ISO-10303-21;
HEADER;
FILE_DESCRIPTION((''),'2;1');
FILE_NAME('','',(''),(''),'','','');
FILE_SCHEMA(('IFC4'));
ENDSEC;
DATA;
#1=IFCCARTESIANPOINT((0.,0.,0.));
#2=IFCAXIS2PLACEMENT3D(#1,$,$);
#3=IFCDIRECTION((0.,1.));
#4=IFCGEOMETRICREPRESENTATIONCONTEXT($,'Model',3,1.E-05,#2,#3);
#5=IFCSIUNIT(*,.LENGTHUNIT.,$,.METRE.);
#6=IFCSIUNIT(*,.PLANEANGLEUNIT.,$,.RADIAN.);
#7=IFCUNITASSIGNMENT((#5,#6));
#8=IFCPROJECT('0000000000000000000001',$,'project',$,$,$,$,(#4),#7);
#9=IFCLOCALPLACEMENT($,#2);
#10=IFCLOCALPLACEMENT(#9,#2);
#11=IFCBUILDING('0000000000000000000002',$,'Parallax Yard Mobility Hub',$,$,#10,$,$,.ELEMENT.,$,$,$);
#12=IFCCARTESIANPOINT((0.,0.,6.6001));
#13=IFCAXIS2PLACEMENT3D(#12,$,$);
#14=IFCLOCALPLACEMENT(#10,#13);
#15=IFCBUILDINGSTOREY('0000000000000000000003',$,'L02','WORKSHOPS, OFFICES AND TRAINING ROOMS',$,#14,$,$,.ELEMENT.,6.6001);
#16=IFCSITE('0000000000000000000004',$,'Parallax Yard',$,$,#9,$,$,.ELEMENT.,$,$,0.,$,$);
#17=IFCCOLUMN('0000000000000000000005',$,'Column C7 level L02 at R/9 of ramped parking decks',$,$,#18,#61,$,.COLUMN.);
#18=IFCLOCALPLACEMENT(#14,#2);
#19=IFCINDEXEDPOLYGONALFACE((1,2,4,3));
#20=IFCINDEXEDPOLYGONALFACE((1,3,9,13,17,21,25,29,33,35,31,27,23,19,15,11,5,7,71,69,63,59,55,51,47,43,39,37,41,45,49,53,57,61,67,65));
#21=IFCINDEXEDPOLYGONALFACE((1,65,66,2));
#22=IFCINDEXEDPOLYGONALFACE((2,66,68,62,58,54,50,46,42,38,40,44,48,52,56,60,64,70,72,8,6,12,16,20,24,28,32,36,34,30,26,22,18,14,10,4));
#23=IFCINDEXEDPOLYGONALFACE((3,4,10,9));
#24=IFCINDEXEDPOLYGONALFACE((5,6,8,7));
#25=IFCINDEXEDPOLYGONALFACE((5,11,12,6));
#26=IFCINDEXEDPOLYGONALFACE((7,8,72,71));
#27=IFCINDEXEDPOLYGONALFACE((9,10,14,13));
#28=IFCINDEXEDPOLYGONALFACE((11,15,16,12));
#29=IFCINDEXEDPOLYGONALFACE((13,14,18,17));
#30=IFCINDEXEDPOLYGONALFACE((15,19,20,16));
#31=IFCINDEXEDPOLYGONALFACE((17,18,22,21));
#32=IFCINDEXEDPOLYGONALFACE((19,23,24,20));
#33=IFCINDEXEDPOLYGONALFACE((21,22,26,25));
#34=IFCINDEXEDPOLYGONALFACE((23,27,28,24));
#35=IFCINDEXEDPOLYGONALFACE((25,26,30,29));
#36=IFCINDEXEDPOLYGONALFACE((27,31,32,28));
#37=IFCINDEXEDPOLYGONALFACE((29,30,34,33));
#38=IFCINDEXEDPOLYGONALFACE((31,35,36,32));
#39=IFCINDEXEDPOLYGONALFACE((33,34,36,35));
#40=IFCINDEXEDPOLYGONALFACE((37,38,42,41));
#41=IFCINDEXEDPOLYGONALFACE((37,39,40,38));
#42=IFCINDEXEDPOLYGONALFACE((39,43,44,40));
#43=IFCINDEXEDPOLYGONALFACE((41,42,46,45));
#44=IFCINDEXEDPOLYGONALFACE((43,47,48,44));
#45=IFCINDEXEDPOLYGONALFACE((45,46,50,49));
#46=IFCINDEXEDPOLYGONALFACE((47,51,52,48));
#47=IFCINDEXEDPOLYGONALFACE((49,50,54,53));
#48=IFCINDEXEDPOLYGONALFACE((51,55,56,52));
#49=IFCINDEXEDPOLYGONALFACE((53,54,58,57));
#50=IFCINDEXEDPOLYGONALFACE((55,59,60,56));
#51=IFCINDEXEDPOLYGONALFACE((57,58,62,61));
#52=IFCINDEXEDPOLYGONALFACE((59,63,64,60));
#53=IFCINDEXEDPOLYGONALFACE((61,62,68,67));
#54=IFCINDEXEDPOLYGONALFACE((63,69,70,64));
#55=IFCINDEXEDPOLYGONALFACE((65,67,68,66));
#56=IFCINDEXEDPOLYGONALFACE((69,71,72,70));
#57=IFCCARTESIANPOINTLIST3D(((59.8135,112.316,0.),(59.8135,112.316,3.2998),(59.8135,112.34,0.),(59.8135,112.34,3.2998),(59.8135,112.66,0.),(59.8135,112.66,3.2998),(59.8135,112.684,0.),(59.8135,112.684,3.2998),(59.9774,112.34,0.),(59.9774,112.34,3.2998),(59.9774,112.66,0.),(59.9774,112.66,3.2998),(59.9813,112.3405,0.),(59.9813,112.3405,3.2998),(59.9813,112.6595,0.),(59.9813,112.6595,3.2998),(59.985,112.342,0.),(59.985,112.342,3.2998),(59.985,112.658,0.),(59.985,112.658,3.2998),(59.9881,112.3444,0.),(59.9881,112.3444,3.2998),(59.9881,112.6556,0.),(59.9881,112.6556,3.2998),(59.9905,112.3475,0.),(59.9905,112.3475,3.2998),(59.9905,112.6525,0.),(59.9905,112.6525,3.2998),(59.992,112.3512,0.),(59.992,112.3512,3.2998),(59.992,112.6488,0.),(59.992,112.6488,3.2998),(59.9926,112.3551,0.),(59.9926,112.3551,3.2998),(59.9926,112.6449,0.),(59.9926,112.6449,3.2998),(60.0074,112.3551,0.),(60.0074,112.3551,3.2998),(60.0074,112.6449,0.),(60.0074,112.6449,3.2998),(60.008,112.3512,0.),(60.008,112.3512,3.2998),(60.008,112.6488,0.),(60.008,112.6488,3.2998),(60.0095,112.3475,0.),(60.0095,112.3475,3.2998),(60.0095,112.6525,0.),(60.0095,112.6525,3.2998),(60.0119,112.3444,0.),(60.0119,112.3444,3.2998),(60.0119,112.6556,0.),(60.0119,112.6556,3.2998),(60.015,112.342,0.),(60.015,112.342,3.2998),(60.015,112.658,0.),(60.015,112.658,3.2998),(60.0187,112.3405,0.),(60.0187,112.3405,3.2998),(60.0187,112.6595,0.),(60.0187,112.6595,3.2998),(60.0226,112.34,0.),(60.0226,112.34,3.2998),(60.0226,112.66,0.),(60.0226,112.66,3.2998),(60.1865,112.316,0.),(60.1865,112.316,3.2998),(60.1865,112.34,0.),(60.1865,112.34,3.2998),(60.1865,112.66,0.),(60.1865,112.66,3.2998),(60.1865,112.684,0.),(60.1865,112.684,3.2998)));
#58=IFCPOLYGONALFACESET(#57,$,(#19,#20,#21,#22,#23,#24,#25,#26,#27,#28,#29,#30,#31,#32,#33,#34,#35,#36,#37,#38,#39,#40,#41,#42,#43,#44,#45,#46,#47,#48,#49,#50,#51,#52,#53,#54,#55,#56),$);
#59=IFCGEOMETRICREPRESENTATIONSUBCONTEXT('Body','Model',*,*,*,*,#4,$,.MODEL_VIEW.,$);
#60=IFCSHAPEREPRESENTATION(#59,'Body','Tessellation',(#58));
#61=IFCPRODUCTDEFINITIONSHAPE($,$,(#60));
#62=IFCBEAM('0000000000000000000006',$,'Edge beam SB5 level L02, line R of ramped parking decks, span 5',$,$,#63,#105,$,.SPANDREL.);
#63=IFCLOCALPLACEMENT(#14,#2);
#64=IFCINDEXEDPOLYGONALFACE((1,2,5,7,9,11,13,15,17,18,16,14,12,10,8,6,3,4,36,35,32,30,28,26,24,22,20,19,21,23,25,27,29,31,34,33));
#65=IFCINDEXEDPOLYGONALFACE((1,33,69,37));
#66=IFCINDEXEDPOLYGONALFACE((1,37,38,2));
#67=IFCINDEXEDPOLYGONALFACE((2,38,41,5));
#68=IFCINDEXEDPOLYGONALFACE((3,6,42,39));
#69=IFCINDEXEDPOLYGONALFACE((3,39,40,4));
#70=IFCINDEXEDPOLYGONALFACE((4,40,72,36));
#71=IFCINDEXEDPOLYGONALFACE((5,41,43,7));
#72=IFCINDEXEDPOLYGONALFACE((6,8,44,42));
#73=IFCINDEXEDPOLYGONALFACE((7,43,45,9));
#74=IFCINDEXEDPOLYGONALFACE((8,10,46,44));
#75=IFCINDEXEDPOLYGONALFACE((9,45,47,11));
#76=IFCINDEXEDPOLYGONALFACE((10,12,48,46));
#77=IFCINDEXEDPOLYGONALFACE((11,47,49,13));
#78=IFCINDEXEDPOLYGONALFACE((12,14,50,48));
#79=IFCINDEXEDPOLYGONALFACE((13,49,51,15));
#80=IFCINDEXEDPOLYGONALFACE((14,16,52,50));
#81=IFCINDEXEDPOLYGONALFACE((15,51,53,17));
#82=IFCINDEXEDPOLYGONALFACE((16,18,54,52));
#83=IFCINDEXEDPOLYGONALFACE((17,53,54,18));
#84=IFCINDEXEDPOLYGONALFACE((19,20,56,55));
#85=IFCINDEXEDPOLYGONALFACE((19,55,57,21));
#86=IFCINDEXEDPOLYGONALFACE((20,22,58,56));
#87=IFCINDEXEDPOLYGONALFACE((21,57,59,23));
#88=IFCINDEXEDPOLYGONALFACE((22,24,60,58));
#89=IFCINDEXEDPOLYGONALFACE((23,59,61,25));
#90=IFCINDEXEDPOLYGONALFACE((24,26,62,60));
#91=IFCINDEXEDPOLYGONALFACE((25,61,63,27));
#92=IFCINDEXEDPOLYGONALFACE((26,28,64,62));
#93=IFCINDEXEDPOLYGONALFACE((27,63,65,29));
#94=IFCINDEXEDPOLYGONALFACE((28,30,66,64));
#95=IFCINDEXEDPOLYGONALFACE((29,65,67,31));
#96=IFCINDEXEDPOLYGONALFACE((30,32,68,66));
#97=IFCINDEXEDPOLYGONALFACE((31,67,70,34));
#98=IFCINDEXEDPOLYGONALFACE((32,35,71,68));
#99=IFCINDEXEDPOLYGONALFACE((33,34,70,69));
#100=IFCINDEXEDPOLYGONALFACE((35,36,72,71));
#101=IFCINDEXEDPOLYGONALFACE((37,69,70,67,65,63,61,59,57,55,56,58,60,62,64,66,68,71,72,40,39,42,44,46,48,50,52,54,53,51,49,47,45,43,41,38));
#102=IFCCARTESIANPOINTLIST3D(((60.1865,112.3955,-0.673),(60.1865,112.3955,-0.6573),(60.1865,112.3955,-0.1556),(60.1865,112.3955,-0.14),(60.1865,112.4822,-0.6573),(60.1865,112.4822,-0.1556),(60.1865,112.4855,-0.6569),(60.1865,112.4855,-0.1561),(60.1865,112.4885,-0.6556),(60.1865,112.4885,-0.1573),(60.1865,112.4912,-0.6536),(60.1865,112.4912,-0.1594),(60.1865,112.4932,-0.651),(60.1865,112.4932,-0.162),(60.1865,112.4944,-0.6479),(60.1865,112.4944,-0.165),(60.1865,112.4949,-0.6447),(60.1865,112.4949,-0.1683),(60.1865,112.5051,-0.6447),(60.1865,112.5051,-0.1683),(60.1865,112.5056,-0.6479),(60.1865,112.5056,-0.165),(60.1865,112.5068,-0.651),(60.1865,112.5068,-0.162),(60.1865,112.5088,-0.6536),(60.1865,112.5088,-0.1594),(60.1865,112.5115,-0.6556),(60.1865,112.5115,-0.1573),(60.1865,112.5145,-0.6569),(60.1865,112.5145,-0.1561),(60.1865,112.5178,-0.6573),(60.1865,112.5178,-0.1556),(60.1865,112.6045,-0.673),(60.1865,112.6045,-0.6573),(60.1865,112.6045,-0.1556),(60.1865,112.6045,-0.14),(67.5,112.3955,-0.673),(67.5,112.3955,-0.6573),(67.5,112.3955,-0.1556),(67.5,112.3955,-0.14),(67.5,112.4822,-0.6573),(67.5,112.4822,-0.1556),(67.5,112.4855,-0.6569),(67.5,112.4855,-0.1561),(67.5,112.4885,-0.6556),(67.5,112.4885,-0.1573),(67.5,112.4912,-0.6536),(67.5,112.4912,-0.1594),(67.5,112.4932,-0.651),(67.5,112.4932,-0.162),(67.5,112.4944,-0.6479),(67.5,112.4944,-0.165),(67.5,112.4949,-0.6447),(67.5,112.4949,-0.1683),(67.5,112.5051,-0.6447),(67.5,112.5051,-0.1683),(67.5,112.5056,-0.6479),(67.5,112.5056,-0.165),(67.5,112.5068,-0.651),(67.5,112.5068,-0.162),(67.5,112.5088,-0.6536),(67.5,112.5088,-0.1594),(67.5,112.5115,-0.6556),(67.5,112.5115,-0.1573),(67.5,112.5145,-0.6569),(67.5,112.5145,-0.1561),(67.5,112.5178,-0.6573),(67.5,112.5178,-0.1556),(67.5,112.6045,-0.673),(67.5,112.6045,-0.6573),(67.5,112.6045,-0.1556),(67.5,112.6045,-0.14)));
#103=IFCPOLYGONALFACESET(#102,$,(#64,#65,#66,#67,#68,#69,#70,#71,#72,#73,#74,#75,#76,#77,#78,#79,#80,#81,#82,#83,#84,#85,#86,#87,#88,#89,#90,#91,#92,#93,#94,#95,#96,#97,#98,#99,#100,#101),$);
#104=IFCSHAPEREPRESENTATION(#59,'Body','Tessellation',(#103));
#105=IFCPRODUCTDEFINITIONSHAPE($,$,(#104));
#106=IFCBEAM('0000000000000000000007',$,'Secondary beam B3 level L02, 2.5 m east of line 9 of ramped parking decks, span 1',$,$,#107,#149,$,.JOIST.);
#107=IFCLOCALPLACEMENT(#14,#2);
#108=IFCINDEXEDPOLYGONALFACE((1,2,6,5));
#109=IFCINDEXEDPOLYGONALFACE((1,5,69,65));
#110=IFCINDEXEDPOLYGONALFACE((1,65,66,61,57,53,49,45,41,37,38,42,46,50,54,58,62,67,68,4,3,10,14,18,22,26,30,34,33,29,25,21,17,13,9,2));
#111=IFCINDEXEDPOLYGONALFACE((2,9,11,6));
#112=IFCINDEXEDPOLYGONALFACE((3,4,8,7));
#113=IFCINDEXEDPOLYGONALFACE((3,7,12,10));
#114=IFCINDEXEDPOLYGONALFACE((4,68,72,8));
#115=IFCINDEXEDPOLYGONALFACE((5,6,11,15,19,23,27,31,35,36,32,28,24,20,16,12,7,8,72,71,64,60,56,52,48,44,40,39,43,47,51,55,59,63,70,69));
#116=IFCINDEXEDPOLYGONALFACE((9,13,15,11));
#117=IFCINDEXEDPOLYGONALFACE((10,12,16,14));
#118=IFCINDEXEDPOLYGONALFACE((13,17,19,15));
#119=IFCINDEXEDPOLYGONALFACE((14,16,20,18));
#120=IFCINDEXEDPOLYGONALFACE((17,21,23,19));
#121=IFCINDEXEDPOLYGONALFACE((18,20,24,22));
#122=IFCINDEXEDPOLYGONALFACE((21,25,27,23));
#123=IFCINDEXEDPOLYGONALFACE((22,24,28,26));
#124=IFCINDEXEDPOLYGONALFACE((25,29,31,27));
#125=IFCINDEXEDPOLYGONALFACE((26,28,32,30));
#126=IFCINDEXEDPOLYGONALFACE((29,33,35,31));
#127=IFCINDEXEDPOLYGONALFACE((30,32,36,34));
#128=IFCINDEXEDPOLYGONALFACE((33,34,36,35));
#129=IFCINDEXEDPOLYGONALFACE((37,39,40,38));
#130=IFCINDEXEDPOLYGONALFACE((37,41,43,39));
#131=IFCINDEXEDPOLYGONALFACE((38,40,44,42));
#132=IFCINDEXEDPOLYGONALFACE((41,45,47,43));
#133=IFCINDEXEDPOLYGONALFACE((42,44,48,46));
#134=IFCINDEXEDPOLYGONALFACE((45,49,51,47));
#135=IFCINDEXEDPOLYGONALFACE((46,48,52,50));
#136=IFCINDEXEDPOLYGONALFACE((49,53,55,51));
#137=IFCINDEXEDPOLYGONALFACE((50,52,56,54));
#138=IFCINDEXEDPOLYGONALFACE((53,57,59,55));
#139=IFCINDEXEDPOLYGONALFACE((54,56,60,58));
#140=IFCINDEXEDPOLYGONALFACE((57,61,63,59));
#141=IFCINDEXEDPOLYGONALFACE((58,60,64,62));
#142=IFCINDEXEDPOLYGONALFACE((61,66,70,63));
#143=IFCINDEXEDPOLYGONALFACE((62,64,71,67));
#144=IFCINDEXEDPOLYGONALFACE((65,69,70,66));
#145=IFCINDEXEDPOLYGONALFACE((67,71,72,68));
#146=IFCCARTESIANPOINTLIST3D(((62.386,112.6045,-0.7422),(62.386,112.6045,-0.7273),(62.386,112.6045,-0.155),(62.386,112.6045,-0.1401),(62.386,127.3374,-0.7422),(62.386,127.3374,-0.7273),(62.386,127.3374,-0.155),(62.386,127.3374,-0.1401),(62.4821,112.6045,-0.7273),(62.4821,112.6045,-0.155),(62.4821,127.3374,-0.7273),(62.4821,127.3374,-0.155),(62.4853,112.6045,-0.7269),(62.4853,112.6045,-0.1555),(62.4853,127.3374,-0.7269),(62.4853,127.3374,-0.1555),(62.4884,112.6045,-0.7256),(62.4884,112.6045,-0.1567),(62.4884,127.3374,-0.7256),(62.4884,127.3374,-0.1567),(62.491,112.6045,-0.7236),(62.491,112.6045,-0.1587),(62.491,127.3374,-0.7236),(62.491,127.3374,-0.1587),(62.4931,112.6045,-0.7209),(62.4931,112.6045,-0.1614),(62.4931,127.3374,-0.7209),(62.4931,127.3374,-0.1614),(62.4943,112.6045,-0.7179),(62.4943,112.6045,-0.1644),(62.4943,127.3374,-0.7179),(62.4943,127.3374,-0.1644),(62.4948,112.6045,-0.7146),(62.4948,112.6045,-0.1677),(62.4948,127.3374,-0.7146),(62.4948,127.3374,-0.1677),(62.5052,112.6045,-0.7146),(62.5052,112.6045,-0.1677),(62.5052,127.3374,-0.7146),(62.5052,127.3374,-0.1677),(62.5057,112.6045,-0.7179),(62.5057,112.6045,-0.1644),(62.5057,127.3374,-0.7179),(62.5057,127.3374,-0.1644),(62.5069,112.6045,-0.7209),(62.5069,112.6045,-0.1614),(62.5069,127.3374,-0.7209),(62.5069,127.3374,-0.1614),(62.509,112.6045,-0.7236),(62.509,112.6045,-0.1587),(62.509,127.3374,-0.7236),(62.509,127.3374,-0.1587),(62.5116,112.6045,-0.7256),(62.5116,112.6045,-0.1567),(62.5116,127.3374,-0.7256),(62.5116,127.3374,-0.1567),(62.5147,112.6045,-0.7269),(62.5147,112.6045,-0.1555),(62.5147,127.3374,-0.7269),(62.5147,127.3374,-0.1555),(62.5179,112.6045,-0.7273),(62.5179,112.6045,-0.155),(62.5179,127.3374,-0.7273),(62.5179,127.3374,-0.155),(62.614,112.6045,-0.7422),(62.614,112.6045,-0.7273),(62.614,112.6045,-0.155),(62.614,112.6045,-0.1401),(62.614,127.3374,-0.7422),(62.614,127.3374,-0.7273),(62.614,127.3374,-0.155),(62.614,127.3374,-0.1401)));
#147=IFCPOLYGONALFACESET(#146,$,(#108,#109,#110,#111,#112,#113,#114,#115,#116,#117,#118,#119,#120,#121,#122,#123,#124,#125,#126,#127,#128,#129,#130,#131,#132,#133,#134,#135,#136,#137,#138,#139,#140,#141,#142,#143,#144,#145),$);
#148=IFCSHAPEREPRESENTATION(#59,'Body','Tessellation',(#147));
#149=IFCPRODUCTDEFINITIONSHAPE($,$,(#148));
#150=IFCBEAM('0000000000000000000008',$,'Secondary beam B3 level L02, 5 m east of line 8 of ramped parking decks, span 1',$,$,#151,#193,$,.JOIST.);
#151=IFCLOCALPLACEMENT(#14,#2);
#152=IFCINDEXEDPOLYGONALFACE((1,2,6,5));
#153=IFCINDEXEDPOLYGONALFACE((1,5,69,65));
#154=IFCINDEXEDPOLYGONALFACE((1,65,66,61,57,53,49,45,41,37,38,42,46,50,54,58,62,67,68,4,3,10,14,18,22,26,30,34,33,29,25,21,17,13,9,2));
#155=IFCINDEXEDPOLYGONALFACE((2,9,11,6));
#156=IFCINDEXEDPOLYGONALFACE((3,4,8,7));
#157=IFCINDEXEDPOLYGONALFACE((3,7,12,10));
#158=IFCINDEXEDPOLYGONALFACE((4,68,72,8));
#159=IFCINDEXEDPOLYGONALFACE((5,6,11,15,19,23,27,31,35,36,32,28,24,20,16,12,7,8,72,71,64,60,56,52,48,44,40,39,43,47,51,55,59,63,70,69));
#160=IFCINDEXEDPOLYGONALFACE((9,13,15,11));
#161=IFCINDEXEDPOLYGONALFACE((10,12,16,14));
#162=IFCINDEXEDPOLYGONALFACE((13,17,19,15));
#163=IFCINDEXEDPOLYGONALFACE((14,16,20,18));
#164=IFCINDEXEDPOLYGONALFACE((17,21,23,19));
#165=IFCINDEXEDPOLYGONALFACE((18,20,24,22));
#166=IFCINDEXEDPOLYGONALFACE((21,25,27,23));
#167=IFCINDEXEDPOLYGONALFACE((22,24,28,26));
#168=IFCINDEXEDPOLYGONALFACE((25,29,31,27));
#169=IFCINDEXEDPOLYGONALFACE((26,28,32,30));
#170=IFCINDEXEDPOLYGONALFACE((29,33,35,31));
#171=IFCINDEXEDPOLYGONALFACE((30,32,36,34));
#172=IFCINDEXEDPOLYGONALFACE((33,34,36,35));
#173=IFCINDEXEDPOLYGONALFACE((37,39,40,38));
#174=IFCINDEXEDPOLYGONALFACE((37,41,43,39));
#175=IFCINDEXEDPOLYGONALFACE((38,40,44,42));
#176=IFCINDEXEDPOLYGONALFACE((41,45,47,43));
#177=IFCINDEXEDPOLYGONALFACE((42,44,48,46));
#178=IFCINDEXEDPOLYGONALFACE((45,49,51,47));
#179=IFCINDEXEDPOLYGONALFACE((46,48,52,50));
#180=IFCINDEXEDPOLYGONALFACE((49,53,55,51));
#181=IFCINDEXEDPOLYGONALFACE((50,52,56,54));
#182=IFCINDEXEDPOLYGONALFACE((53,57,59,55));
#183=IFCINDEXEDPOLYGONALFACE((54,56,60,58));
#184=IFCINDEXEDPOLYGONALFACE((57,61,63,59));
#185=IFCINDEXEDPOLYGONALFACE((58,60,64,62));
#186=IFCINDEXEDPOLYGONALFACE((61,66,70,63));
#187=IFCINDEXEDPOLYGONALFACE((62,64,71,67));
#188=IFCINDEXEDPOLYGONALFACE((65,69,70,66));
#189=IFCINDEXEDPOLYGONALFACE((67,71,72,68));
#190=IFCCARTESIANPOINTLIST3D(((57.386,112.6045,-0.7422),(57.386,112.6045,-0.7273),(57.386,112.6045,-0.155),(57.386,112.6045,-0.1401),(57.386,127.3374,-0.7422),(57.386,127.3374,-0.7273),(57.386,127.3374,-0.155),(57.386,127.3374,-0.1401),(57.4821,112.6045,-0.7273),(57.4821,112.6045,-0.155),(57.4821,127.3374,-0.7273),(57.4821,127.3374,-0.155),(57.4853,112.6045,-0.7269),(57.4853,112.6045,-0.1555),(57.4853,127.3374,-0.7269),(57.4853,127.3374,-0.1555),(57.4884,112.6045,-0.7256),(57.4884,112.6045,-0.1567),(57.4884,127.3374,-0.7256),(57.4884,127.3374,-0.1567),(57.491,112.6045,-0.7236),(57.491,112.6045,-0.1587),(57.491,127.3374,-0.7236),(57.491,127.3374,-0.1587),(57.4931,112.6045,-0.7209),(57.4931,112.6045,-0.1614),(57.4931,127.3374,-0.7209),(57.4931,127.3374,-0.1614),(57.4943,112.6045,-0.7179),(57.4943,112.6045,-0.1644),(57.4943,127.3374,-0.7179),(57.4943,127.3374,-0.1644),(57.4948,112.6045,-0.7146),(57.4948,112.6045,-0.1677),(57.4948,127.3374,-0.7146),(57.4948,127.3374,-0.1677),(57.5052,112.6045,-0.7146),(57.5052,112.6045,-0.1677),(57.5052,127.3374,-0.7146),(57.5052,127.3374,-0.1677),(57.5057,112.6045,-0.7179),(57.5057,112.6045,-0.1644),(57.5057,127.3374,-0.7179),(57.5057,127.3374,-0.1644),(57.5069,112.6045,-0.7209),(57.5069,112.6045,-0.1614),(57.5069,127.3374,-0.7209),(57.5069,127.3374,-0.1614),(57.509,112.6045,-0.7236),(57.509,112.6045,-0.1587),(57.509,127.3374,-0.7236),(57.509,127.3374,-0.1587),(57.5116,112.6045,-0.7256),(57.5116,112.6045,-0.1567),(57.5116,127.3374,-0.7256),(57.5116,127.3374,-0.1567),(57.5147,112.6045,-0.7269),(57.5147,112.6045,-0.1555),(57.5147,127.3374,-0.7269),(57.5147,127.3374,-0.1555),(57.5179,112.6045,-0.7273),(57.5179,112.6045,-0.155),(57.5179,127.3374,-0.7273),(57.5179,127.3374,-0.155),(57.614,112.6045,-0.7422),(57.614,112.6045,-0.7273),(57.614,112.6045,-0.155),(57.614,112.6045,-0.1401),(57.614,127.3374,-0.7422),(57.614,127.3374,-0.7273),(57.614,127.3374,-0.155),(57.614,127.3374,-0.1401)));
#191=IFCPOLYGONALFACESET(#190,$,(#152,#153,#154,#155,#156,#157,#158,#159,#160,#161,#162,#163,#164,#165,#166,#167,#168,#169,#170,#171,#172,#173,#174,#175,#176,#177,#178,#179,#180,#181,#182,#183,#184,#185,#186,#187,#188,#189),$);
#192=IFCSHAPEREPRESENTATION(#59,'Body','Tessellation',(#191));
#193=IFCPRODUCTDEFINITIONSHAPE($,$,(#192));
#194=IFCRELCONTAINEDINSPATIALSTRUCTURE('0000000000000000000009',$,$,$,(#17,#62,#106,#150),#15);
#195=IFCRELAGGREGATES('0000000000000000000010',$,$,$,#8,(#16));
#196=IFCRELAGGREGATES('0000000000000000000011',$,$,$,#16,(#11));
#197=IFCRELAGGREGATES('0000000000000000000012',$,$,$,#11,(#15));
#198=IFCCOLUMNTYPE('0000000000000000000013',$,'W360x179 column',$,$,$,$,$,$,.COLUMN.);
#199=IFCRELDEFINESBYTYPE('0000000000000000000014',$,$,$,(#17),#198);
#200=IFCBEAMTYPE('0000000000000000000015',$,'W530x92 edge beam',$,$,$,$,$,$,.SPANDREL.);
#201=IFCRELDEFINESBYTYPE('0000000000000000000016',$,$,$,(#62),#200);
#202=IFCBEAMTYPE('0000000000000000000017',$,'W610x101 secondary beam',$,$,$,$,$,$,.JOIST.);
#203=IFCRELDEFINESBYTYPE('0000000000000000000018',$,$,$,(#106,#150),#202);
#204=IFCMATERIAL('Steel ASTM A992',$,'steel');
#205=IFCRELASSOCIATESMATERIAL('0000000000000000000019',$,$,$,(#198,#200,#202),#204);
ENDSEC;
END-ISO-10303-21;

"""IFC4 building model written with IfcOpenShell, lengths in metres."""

from ifc_helpers import new_model, si_unit, direction, frame, origin, origin_2d, place, context, subcontext, project, spatial, i_section, extrude, material, material_profile, profile_set, type_object, element, save


model = new_model("IFC4")

# Units and contexts
model_context = context("Model", 3, precision=1e-05, world=origin(), true_north=direction((0.0, 1.0)))
body_context = subcontext(model_context, "Body", "Model", "MODEL_VIEW")
ifc_project = project(units=[si_unit("LENGTHUNIT", "METRE"), si_unit("PLANEANGLEUNIT", "RADIAN")], contexts=[model_context])

# Site, building, storey
site_placement = place(None, origin())
site = spatial("IfcSite", under=ifc_project, at=site_placement, Name="Parallax Yard", CompositionType="ELEMENT", RefElevation=0.0)
building_placement = place(site_placement, origin())
building = spatial("IfcBuilding", under=site, at=building_placement, Name="Parallax Yard Mobility Hub", CompositionType="ELEMENT")
storey_placement = place(building_placement, frame((0.0, 0.0, 6.6001)))
storey = spatial("IfcBuildingStorey", under=building, at=storey_placement, Name="L02", Description="WORKSHOPS, OFFICES AND TRAINING ROOMS", CompositionType="ELEMENT", Elevation=6.6001)

# Column
ifc_material_1 = material(Name="Steel ASTM A992", Category="steel")
ifc_material_profile_1 = material_profile(ifc_material_1, i_section(OverallWidth=0.373, OverallDepth=0.3679, WebThickness=0.0149, FlangeThickness=0.0239, FilletRadius=0.0151, at=origin_2d()), Name="W360x179")
ifc_profile_set_1 = profile_set([ifc_material_profile_1], Name="Steel ASTM A992")
column_type = type_object("IfcColumnType", Name="W360x179 column", PredefinedType="COLUMN", material=ifc_profile_set_1)
column_placement = place(storey_placement, frame((60.0, 112.5, 0.0), z_axis=(0.0, 0.0, 1.0), x_axis=(1.0, 0.0, 0.0)))
element("IfcColumn", 1, at=column_placement, inside=storey, type_object=column_type, Name="Column C7 level L02 at R/9 of ramped parking decks", PredefinedType="COLUMN", context=body_context, shape_type="SweptSolid", body=[
    extrude(i_section(OverallWidth=0.373, OverallDepth=0.3679, WebThickness=0.0149, FlangeThickness=0.0239, FilletRadius=0.0151, at=origin_2d()), origin(), (0.0, 0.0, 1.0), 3.2998),
])

# Beams
ifc_material_profile_2 = material_profile(ifc_material_1, i_section(OverallWidth=0.209, OverallDepth=0.533, WebThickness=0.0103, FlangeThickness=0.0156, FilletRadius=0.0127, at=origin_2d()), Name="W530x92")
ifc_profile_set_2 = profile_set([ifc_material_profile_2], Name="Steel ASTM A992")
beam_type_1 = type_object("IfcBeamType", Name="W530x92 edge beam", PredefinedType="SPANDREL", material=ifc_profile_set_2)
beam_1_placement = place(storey_placement, frame((60.1865, 112.5, -0.4065), z_axis=(1.0, 0.0, 0.0), x_axis=(0.0, 1.0, 0.0)))
element("IfcBeam", 2, at=beam_1_placement, inside=storey, type_object=beam_type_1, Name="Edge beam SB5 level L02, line R of ramped parking decks, span 5", PredefinedType="SPANDREL", context=body_context, shape_type="SweptSolid", body=[
    extrude(i_section(OverallWidth=0.209, OverallDepth=0.533, WebThickness=0.0103, FlangeThickness=0.0156, FilletRadius=0.0127, at=origin_2d()), origin(), (0.0, 0.0, 1.0), 7.3135),
])
ifc_material_profile_3 = material_profile(ifc_material_1, i_section(OverallWidth=0.228, OverallDepth=0.6021, WebThickness=0.0105, FlangeThickness=0.0149, FilletRadius=0.0127, at=origin_2d()), Name="W610x101")
ifc_profile_set_3 = profile_set([ifc_material_profile_3], Name="Steel ASTM A992")
beam_type_2 = type_object("IfcBeamType", Name="W610x101 secondary beam", PredefinedType="JOIST", material=ifc_profile_set_3)
for number, where, z_axis, x_axis, name in (
    (3, (62.5, 112.6045, -0.4412), (0.0, 1.0, 0.0), (-1.0, 0.0, 0.0), "Secondary beam B3 level L02, 2.5 m east of line 9 of ramped parking decks, span 1"),
    (4, (57.5, 112.6045, -0.4412), (0.0, 1.0, 0.0), (-1.0, 0.0, 0.0), "Secondary beam B3 level L02, 5 m east of line 8 of ramped parking decks, span 1"),
):
    element("IfcBeam", number, at=place(storey_placement, frame(where, z_axis=z_axis, x_axis=x_axis)), inside=storey, type_object=beam_type_2, Name=name, PredefinedType="JOIST", context=body_context, shape_type="SweptSolid", body=[
        extrude(i_section(OverallWidth=0.228, OverallDepth=0.6021, WebThickness=0.0105, FlangeThickness=0.0149, FilletRadius=0.0127, at=origin_2d()), origin(), (0.0, 0.0, 1.0), 14.7329),
    ])

save(model, "model.ifc")
